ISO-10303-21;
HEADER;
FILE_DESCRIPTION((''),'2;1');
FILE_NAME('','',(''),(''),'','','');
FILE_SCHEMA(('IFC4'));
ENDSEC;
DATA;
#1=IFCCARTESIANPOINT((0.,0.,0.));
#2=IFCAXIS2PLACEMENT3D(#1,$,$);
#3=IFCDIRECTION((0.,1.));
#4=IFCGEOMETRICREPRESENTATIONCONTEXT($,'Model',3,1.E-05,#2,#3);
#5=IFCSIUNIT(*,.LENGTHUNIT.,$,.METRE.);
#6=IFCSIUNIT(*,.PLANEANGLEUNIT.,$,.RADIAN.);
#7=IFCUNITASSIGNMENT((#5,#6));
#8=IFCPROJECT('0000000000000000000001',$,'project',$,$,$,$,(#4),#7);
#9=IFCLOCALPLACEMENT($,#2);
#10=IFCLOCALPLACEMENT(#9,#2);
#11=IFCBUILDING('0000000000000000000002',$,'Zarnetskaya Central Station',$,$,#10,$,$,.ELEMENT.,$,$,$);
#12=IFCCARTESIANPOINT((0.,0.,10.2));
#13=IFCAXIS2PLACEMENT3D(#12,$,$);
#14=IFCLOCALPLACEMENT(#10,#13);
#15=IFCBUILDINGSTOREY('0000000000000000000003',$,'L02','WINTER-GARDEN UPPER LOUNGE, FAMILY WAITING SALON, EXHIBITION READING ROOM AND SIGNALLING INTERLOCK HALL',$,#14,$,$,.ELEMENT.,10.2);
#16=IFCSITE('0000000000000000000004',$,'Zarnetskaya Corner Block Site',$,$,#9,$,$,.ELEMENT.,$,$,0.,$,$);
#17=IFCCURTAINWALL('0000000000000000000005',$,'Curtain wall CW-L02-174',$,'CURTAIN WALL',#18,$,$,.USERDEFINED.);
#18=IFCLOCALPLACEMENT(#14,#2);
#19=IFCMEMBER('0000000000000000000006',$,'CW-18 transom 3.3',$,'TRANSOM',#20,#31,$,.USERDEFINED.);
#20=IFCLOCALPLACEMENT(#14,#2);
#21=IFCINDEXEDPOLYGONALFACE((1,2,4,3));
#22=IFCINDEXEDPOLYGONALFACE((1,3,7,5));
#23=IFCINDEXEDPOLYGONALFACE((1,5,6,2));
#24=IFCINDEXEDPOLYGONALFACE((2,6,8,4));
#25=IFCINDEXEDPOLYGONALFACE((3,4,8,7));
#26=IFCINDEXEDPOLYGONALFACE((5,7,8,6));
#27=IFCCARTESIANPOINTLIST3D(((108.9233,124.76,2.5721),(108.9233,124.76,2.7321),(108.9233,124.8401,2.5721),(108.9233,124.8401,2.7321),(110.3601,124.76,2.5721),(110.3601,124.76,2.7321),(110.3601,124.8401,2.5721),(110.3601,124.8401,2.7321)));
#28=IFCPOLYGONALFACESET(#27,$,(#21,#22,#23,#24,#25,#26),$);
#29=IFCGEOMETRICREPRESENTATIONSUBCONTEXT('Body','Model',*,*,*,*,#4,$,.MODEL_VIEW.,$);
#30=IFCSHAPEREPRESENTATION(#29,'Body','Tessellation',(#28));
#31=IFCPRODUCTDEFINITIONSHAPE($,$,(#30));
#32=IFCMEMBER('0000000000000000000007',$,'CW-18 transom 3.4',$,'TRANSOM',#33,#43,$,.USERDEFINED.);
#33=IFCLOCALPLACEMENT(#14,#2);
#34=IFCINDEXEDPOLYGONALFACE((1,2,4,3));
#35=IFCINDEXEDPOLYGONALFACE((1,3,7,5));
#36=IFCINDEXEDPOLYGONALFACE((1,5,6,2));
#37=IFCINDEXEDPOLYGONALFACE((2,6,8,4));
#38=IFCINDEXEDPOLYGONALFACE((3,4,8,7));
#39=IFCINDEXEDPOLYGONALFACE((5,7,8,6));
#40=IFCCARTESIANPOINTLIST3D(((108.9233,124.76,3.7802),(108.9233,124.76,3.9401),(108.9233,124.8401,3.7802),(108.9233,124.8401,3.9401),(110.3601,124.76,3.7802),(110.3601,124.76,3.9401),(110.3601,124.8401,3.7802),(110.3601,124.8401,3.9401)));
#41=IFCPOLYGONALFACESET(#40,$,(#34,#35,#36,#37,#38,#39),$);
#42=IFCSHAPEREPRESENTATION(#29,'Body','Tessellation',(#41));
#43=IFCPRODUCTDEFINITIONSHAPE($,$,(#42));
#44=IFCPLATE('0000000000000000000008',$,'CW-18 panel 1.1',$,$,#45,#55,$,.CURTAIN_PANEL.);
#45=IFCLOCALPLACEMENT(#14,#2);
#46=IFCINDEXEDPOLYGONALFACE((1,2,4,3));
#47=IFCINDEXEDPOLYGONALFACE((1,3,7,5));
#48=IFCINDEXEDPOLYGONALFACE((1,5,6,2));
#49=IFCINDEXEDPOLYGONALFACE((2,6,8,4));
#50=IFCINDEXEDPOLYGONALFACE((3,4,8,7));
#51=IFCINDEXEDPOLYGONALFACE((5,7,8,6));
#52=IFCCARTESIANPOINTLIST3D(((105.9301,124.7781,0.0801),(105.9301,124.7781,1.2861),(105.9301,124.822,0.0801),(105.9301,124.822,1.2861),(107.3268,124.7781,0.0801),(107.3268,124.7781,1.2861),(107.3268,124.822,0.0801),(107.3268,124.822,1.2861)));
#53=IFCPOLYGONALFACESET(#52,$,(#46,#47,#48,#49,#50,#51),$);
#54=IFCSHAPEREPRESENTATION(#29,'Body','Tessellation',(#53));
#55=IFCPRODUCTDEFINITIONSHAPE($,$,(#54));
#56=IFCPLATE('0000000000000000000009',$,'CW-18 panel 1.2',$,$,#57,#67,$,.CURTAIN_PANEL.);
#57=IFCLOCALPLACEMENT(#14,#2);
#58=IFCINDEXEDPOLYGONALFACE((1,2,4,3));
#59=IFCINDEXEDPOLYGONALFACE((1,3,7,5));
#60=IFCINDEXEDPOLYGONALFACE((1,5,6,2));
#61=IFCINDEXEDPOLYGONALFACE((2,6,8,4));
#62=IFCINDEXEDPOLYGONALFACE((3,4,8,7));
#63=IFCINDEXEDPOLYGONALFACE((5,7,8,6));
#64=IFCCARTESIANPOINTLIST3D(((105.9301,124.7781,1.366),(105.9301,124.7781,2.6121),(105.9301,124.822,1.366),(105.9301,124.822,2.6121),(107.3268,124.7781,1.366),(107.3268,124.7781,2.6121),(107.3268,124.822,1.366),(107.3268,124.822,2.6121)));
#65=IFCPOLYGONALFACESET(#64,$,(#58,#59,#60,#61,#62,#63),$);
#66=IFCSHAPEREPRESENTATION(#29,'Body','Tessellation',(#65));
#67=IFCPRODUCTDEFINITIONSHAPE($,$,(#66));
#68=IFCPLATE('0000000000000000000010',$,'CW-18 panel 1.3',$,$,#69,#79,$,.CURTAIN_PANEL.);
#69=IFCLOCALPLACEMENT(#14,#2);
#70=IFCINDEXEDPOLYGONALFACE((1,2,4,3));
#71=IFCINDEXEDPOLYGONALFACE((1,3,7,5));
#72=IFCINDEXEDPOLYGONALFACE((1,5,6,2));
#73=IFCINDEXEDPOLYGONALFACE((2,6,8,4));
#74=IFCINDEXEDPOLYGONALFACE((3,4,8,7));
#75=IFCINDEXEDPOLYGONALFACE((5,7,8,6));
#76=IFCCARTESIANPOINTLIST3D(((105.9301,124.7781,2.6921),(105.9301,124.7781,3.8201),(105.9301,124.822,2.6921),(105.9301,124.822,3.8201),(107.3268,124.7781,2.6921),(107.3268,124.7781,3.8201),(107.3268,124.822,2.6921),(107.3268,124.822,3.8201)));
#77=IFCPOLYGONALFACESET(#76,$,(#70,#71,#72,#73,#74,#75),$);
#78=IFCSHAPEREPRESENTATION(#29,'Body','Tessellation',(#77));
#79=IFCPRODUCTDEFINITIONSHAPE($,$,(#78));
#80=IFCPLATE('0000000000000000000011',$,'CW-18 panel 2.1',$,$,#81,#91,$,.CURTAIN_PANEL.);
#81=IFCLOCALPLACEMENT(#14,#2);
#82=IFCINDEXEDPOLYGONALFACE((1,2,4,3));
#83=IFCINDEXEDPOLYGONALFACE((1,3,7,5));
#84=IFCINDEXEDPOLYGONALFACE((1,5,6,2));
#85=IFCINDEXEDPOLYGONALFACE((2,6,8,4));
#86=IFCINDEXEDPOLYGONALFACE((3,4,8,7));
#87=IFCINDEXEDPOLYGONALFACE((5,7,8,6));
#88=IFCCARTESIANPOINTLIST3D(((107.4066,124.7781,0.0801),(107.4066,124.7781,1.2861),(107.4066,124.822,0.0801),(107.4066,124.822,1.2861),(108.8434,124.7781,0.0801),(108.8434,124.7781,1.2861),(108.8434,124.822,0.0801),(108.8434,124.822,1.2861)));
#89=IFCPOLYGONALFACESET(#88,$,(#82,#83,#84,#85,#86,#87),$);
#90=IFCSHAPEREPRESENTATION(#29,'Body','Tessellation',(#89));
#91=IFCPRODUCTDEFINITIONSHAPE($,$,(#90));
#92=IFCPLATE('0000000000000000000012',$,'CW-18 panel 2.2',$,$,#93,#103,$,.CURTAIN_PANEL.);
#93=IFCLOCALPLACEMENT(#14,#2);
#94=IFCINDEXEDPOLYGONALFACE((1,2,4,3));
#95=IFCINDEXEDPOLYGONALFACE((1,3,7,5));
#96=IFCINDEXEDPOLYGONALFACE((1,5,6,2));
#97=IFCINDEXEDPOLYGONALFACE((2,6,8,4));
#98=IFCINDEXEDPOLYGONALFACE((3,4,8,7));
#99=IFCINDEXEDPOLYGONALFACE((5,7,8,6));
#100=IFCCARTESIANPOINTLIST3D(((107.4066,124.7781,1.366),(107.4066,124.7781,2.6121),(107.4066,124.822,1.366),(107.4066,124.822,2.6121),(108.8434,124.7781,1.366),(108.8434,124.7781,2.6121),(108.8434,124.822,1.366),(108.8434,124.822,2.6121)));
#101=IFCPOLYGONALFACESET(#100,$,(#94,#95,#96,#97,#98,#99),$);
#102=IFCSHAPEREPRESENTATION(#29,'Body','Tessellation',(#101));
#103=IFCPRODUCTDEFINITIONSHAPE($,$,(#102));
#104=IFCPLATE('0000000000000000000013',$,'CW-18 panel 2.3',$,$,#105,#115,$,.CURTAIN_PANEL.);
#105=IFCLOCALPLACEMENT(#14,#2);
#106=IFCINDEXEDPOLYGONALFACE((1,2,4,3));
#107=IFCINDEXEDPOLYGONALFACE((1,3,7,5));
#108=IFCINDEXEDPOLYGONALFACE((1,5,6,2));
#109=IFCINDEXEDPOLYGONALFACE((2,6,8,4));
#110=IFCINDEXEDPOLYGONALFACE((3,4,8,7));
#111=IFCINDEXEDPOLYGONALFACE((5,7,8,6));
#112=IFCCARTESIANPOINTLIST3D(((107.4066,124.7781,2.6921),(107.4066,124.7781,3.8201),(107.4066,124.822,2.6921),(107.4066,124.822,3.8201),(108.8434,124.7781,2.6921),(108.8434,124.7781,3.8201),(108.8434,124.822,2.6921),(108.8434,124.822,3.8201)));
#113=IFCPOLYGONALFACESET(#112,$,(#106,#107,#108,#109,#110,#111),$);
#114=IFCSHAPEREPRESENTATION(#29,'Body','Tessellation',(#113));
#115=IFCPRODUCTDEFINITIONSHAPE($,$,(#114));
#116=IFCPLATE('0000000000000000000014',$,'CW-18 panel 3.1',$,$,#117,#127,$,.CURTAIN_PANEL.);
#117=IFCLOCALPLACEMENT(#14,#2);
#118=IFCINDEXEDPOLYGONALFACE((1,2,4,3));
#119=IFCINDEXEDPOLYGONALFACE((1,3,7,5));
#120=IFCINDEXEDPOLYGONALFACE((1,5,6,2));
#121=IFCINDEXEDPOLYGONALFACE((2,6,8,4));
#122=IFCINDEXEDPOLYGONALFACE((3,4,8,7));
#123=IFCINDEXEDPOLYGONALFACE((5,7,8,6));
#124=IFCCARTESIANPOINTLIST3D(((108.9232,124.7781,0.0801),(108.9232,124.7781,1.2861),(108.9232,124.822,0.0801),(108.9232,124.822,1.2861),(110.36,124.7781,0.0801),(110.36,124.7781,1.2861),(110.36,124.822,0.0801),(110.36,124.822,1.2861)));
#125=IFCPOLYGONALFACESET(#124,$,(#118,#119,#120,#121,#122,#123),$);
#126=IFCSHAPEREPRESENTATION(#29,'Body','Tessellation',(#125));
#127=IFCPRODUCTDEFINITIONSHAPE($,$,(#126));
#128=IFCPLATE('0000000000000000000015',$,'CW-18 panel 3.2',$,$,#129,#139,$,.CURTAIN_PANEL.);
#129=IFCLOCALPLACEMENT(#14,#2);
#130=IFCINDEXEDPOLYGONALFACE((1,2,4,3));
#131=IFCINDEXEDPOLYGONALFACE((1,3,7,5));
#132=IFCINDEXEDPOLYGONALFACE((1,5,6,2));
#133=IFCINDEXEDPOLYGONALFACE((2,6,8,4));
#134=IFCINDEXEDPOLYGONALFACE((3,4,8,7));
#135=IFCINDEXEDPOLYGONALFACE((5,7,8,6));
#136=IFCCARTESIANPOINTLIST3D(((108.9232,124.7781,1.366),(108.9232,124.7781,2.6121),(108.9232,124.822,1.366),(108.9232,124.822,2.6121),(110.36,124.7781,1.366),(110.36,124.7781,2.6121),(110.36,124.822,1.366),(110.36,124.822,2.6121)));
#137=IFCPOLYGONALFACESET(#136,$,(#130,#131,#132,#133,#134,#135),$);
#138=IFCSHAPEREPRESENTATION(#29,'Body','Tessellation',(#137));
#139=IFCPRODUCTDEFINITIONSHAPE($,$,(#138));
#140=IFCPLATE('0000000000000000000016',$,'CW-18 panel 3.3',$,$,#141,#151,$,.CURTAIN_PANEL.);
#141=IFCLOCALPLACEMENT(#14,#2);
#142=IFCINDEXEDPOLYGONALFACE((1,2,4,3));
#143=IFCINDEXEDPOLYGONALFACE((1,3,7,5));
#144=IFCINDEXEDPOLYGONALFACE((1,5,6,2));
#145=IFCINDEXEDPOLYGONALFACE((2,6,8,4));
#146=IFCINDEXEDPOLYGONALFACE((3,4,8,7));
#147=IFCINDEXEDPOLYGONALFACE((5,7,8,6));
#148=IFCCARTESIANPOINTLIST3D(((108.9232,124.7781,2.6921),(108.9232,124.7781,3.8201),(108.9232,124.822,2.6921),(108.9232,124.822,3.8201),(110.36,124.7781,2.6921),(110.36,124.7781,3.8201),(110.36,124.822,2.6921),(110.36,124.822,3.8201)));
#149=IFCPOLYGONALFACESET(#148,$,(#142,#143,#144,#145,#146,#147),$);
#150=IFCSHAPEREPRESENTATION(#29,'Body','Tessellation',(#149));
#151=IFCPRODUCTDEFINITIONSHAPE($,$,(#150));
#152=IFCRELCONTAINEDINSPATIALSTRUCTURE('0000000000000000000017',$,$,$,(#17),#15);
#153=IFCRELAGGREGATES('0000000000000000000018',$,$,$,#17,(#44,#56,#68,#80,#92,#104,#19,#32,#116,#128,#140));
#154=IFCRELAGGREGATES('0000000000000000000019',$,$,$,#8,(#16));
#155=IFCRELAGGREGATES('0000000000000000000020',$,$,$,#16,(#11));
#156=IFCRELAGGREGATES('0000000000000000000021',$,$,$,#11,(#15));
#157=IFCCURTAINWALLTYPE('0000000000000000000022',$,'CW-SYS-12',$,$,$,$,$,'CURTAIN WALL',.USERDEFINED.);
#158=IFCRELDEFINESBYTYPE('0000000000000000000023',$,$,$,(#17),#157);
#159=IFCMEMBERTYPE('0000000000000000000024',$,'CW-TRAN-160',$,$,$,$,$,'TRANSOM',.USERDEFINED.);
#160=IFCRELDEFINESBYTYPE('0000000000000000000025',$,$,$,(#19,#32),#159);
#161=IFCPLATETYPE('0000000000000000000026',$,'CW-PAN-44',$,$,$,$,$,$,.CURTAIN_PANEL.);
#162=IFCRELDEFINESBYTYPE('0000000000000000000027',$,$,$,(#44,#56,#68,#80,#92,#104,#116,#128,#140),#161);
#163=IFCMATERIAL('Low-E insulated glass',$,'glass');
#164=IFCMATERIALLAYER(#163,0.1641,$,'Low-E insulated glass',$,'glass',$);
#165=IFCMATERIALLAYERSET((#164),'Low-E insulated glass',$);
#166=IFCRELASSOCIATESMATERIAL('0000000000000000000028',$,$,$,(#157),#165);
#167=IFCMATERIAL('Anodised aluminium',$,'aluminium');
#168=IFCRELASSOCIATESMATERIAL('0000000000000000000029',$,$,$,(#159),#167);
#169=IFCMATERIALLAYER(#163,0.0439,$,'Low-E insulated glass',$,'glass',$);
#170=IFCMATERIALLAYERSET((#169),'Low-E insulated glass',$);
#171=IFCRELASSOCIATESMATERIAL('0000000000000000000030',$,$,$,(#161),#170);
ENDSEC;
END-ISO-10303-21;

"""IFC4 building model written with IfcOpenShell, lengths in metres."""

from ifc_helpers import new_model, si_unit, direction, frame, origin, origin_2d, place, context, subcontext, project, spatial, rectangle, extrude, material, layer, layer_set, material_profile, profile_set, type_object, element, aggregate, save


model = new_model("IFC4")

# Units and contexts
model_context = context("Model", 3, precision=1e-05, world=origin(), true_north=direction((0.0, 1.0)))
body_context = subcontext(model_context, "Body", "Model", "MODEL_VIEW")
ifc_project = project(units=[si_unit("LENGTHUNIT", "METRE"), si_unit("PLANEANGLEUNIT", "RADIAN")], contexts=[model_context])

# Site, building, storey
site_placement = place(None, origin())
site = spatial("IfcSite", under=ifc_project, at=site_placement, Name="Zarnetskaya Corner Block Site", CompositionType="ELEMENT", RefElevation=0.0)
building_placement = place(site_placement, origin())
building = spatial("IfcBuilding", under=site, at=building_placement, Name="Zarnetskaya Central Station", CompositionType="ELEMENT")
storey_placement = place(building_placement, frame((0.0, 0.0, 10.2)))
storey = spatial("IfcBuildingStorey", under=building, at=storey_placement, Name="L02", Description="WINTER-GARDEN UPPER LOUNGE, FAMILY WAITING SALON, EXHIBITION READING ROOM AND SIGNALLING INTERLOCK HALL", CompositionType="ELEMENT", Elevation=10.2)

# Curtain wall, members, plates
ifc_material_1 = material(Name="Low-E insulated glass", Category="glass")
ifc_layer_1 = layer(ifc_material_1, 0.1641, Name="Low-E insulated glass", Category="glass")
ifc_layer_set_1 = layer_set([ifc_layer_1], Name="Low-E insulated glass")
curtain_wall_type = type_object("IfcCurtainWallType", Name="CW-SYS-12", ElementType="CURTAIN WALL", PredefinedType="USERDEFINED", material=ifc_layer_set_1)
curtain_wall_placement = place(storey_placement, origin())
curtain_wall = element("IfcCurtainWall", 1, at=curtain_wall_placement, inside=storey, type_object=curtain_wall_type, Name="Curtain wall CW-L02-174", ObjectType="CURTAIN WALL", PredefinedType="USERDEFINED")
ifc_material_2 = material(Name="Anodised aluminium", Category="aluminium")
ifc_material_profile_1 = material_profile(ifc_material_2, rectangle(XDim=0.0801, YDim=0.1599, at=origin_2d()), Name="ALU TRAN 80x160")
ifc_profile_set_1 = profile_set([ifc_material_profile_1], Name="Anodised aluminium")
member_type_1 = type_object("IfcMemberType", Name="CW-TRAN-160", ElementType="TRANSOM", PredefinedType="USERDEFINED", material=ifc_profile_set_1)
member_1_placement = place(storey_placement, frame((108.9233, 124.8, 2.6521), z_axis=(1.0, 0.0, 0.0), x_axis=(0.0, 1.0, 0.0)))
member_1 = element("IfcMember", 2, at=member_1_placement, type_object=member_type_1, Name="CW-18 transom 3.3", ObjectType="TRANSOM", PredefinedType="USERDEFINED", context=body_context, shape_type="SweptSolid", body=[
    extrude(rectangle(XDim=0.0801, YDim=0.1599, at=origin_2d()), origin(), (0.0, 0.0, 1.0), 1.4368),
])
member_2_placement = place(storey_placement, frame((108.9233, 124.8, 3.8601), z_axis=(1.0, 0.0, 0.0), x_axis=(0.0, 1.0, 0.0)))
member_2 = element("IfcMember", 3, at=member_2_placement, type_object=member_type_1, Name="CW-18 transom 3.4", ObjectType="TRANSOM", PredefinedType="USERDEFINED", context=body_context, shape_type="SweptSolid", body=[
    extrude(rectangle(XDim=0.0801, YDim=0.1599, at=origin_2d()), origin(), (0.0, 0.0, 1.0), 1.4368),
])
ifc_layer_2 = layer(ifc_material_1, 0.0439, Name="Low-E insulated glass", Category="glass")
ifc_layer_set_2 = layer_set([ifc_layer_2], Name="Low-E insulated glass")
plate_type = type_object("IfcPlateType", Name="CW-PAN-44", PredefinedType="CURTAIN_PANEL", material=ifc_layer_set_2)
plate_1_placement = place(storey_placement, frame((106.6284, 124.8, 0.0801), z_axis=(0.0, 0.0, 1.0), x_axis=(1.0, 0.0, 0.0)))
plate_1 = element("IfcPlate", 4, at=plate_1_placement, type_object=plate_type, Name="CW-18 panel 1.1", PredefinedType="CURTAIN_PANEL", context=body_context, shape_type="SweptSolid", body=[
    extrude(rectangle(XDim=1.3967, YDim=0.0439, at=origin_2d()), origin(), (0.0, 0.0, 1.0), 1.2061),
])
plate_2_placement = place(storey_placement, frame((106.6284, 124.8, 1.366), z_axis=(0.0, 0.0, 1.0), x_axis=(1.0, 0.0, 0.0)))
plate_2 = element("IfcPlate", 5, at=plate_2_placement, type_object=plate_type, Name="CW-18 panel 1.2", PredefinedType="CURTAIN_PANEL", context=body_context, shape_type="SweptSolid", body=[
    extrude(rectangle(XDim=1.3967, YDim=0.0439, at=origin_2d()), origin(), (0.0, 0.0, 1.0), 1.2461),
])
plate_3_placement = place(storey_placement, frame((106.6284, 124.8, 2.6921), z_axis=(0.0, 0.0, 1.0), x_axis=(1.0, 0.0, 0.0)))
plate_3 = element("IfcPlate", 6, at=plate_3_placement, type_object=plate_type, Name="CW-18 panel 1.3", PredefinedType="CURTAIN_PANEL", context=body_context, shape_type="SweptSolid", body=[
    extrude(rectangle(XDim=1.3967, YDim=0.0439, at=origin_2d()), origin(), (0.0, 0.0, 1.0), 1.1279),
])
plate_4_placement = place(storey_placement, frame((108.125, 124.8, 0.0801), z_axis=(0.0, 0.0, 1.0), x_axis=(1.0, 0.0, 0.0)))
plate_4 = element("IfcPlate", 7, at=plate_4_placement, type_object=plate_type, Name="CW-18 panel 2.1", PredefinedType="CURTAIN_PANEL", context=body_context, shape_type="SweptSolid", body=[
    extrude(rectangle(XDim=1.4368, YDim=0.0439, at=origin_2d()), origin(), (0.0, 0.0, 1.0), 1.2061),
])
plate_5_placement = place(storey_placement, frame((108.125, 124.8, 1.366), z_axis=(0.0, 0.0, 1.0), x_axis=(1.0, 0.0, 0.0)))
plate_5 = element("IfcPlate", 8, at=plate_5_placement, type_object=plate_type, Name="CW-18 panel 2.2", PredefinedType="CURTAIN_PANEL", context=body_context, shape_type="SweptSolid", body=[
    extrude(rectangle(XDim=1.4368, YDim=0.0439, at=origin_2d()), origin(), (0.0, 0.0, 1.0), 1.2461),
])
plate_6_placement = place(storey_placement, frame((108.125, 124.8, 2.6921), z_axis=(0.0, 0.0, 1.0), x_axis=(1.0, 0.0, 0.0)))
plate_6 = element("IfcPlate", 9, at=plate_6_placement, type_object=plate_type, Name="CW-18 panel 2.3", PredefinedType="CURTAIN_PANEL", context=body_context, shape_type="SweptSolid", body=[
    extrude(rectangle(XDim=1.4368, YDim=0.0439, at=origin_2d()), origin(), (0.0, 0.0, 1.0), 1.1279),
])
plate_7_placement = place(storey_placement, frame((109.6416, 124.8, 0.0801), z_axis=(0.0, 0.0, 1.0), x_axis=(1.0, 0.0, 0.0)))
plate_7 = element("IfcPlate", 10, at=plate_7_placement, type_object=plate_type, Name="CW-18 panel 3.1", PredefinedType="CURTAIN_PANEL", context=body_context, shape_type="SweptSolid", body=[
    extrude(rectangle(XDim=1.4368, YDim=0.0439, at=origin_2d()), origin(), (0.0, 0.0, 1.0), 1.2061),
])
plate_8_placement = place(storey_placement, frame((109.6416, 124.8, 1.366), z_axis=(0.0, 0.0, 1.0), x_axis=(1.0, 0.0, 0.0)))
plate_8 = element("IfcPlate", 11, at=plate_8_placement, type_object=plate_type, Name="CW-18 panel 3.2", PredefinedType="CURTAIN_PANEL", context=body_context, shape_type="SweptSolid", body=[
    extrude(rectangle(XDim=1.4368, YDim=0.0439, at=origin_2d()), origin(), (0.0, 0.0, 1.0), 1.2461),
])
plate_9_placement = place(storey_placement, frame((109.6416, 124.8, 2.6921), z_axis=(0.0, 0.0, 1.0), x_axis=(1.0, 0.0, 0.0)))
plate_9 = element("IfcPlate", 12, at=plate_9_placement, type_object=plate_type, Name="CW-18 panel 3.3", PredefinedType="CURTAIN_PANEL", context=body_context, shape_type="SweptSolid", body=[
    extrude(rectangle(XDim=1.4368, YDim=0.0439, at=origin_2d()), origin(), (0.0, 0.0, 1.0), 1.1279),
])
aggregate(curtain_wall, [plate_1, plate_2, plate_3, plate_4, plate_5, plate_6, member_1, member_2, plate_7, plate_8, plate_9])

save(model, "model.ifc")
